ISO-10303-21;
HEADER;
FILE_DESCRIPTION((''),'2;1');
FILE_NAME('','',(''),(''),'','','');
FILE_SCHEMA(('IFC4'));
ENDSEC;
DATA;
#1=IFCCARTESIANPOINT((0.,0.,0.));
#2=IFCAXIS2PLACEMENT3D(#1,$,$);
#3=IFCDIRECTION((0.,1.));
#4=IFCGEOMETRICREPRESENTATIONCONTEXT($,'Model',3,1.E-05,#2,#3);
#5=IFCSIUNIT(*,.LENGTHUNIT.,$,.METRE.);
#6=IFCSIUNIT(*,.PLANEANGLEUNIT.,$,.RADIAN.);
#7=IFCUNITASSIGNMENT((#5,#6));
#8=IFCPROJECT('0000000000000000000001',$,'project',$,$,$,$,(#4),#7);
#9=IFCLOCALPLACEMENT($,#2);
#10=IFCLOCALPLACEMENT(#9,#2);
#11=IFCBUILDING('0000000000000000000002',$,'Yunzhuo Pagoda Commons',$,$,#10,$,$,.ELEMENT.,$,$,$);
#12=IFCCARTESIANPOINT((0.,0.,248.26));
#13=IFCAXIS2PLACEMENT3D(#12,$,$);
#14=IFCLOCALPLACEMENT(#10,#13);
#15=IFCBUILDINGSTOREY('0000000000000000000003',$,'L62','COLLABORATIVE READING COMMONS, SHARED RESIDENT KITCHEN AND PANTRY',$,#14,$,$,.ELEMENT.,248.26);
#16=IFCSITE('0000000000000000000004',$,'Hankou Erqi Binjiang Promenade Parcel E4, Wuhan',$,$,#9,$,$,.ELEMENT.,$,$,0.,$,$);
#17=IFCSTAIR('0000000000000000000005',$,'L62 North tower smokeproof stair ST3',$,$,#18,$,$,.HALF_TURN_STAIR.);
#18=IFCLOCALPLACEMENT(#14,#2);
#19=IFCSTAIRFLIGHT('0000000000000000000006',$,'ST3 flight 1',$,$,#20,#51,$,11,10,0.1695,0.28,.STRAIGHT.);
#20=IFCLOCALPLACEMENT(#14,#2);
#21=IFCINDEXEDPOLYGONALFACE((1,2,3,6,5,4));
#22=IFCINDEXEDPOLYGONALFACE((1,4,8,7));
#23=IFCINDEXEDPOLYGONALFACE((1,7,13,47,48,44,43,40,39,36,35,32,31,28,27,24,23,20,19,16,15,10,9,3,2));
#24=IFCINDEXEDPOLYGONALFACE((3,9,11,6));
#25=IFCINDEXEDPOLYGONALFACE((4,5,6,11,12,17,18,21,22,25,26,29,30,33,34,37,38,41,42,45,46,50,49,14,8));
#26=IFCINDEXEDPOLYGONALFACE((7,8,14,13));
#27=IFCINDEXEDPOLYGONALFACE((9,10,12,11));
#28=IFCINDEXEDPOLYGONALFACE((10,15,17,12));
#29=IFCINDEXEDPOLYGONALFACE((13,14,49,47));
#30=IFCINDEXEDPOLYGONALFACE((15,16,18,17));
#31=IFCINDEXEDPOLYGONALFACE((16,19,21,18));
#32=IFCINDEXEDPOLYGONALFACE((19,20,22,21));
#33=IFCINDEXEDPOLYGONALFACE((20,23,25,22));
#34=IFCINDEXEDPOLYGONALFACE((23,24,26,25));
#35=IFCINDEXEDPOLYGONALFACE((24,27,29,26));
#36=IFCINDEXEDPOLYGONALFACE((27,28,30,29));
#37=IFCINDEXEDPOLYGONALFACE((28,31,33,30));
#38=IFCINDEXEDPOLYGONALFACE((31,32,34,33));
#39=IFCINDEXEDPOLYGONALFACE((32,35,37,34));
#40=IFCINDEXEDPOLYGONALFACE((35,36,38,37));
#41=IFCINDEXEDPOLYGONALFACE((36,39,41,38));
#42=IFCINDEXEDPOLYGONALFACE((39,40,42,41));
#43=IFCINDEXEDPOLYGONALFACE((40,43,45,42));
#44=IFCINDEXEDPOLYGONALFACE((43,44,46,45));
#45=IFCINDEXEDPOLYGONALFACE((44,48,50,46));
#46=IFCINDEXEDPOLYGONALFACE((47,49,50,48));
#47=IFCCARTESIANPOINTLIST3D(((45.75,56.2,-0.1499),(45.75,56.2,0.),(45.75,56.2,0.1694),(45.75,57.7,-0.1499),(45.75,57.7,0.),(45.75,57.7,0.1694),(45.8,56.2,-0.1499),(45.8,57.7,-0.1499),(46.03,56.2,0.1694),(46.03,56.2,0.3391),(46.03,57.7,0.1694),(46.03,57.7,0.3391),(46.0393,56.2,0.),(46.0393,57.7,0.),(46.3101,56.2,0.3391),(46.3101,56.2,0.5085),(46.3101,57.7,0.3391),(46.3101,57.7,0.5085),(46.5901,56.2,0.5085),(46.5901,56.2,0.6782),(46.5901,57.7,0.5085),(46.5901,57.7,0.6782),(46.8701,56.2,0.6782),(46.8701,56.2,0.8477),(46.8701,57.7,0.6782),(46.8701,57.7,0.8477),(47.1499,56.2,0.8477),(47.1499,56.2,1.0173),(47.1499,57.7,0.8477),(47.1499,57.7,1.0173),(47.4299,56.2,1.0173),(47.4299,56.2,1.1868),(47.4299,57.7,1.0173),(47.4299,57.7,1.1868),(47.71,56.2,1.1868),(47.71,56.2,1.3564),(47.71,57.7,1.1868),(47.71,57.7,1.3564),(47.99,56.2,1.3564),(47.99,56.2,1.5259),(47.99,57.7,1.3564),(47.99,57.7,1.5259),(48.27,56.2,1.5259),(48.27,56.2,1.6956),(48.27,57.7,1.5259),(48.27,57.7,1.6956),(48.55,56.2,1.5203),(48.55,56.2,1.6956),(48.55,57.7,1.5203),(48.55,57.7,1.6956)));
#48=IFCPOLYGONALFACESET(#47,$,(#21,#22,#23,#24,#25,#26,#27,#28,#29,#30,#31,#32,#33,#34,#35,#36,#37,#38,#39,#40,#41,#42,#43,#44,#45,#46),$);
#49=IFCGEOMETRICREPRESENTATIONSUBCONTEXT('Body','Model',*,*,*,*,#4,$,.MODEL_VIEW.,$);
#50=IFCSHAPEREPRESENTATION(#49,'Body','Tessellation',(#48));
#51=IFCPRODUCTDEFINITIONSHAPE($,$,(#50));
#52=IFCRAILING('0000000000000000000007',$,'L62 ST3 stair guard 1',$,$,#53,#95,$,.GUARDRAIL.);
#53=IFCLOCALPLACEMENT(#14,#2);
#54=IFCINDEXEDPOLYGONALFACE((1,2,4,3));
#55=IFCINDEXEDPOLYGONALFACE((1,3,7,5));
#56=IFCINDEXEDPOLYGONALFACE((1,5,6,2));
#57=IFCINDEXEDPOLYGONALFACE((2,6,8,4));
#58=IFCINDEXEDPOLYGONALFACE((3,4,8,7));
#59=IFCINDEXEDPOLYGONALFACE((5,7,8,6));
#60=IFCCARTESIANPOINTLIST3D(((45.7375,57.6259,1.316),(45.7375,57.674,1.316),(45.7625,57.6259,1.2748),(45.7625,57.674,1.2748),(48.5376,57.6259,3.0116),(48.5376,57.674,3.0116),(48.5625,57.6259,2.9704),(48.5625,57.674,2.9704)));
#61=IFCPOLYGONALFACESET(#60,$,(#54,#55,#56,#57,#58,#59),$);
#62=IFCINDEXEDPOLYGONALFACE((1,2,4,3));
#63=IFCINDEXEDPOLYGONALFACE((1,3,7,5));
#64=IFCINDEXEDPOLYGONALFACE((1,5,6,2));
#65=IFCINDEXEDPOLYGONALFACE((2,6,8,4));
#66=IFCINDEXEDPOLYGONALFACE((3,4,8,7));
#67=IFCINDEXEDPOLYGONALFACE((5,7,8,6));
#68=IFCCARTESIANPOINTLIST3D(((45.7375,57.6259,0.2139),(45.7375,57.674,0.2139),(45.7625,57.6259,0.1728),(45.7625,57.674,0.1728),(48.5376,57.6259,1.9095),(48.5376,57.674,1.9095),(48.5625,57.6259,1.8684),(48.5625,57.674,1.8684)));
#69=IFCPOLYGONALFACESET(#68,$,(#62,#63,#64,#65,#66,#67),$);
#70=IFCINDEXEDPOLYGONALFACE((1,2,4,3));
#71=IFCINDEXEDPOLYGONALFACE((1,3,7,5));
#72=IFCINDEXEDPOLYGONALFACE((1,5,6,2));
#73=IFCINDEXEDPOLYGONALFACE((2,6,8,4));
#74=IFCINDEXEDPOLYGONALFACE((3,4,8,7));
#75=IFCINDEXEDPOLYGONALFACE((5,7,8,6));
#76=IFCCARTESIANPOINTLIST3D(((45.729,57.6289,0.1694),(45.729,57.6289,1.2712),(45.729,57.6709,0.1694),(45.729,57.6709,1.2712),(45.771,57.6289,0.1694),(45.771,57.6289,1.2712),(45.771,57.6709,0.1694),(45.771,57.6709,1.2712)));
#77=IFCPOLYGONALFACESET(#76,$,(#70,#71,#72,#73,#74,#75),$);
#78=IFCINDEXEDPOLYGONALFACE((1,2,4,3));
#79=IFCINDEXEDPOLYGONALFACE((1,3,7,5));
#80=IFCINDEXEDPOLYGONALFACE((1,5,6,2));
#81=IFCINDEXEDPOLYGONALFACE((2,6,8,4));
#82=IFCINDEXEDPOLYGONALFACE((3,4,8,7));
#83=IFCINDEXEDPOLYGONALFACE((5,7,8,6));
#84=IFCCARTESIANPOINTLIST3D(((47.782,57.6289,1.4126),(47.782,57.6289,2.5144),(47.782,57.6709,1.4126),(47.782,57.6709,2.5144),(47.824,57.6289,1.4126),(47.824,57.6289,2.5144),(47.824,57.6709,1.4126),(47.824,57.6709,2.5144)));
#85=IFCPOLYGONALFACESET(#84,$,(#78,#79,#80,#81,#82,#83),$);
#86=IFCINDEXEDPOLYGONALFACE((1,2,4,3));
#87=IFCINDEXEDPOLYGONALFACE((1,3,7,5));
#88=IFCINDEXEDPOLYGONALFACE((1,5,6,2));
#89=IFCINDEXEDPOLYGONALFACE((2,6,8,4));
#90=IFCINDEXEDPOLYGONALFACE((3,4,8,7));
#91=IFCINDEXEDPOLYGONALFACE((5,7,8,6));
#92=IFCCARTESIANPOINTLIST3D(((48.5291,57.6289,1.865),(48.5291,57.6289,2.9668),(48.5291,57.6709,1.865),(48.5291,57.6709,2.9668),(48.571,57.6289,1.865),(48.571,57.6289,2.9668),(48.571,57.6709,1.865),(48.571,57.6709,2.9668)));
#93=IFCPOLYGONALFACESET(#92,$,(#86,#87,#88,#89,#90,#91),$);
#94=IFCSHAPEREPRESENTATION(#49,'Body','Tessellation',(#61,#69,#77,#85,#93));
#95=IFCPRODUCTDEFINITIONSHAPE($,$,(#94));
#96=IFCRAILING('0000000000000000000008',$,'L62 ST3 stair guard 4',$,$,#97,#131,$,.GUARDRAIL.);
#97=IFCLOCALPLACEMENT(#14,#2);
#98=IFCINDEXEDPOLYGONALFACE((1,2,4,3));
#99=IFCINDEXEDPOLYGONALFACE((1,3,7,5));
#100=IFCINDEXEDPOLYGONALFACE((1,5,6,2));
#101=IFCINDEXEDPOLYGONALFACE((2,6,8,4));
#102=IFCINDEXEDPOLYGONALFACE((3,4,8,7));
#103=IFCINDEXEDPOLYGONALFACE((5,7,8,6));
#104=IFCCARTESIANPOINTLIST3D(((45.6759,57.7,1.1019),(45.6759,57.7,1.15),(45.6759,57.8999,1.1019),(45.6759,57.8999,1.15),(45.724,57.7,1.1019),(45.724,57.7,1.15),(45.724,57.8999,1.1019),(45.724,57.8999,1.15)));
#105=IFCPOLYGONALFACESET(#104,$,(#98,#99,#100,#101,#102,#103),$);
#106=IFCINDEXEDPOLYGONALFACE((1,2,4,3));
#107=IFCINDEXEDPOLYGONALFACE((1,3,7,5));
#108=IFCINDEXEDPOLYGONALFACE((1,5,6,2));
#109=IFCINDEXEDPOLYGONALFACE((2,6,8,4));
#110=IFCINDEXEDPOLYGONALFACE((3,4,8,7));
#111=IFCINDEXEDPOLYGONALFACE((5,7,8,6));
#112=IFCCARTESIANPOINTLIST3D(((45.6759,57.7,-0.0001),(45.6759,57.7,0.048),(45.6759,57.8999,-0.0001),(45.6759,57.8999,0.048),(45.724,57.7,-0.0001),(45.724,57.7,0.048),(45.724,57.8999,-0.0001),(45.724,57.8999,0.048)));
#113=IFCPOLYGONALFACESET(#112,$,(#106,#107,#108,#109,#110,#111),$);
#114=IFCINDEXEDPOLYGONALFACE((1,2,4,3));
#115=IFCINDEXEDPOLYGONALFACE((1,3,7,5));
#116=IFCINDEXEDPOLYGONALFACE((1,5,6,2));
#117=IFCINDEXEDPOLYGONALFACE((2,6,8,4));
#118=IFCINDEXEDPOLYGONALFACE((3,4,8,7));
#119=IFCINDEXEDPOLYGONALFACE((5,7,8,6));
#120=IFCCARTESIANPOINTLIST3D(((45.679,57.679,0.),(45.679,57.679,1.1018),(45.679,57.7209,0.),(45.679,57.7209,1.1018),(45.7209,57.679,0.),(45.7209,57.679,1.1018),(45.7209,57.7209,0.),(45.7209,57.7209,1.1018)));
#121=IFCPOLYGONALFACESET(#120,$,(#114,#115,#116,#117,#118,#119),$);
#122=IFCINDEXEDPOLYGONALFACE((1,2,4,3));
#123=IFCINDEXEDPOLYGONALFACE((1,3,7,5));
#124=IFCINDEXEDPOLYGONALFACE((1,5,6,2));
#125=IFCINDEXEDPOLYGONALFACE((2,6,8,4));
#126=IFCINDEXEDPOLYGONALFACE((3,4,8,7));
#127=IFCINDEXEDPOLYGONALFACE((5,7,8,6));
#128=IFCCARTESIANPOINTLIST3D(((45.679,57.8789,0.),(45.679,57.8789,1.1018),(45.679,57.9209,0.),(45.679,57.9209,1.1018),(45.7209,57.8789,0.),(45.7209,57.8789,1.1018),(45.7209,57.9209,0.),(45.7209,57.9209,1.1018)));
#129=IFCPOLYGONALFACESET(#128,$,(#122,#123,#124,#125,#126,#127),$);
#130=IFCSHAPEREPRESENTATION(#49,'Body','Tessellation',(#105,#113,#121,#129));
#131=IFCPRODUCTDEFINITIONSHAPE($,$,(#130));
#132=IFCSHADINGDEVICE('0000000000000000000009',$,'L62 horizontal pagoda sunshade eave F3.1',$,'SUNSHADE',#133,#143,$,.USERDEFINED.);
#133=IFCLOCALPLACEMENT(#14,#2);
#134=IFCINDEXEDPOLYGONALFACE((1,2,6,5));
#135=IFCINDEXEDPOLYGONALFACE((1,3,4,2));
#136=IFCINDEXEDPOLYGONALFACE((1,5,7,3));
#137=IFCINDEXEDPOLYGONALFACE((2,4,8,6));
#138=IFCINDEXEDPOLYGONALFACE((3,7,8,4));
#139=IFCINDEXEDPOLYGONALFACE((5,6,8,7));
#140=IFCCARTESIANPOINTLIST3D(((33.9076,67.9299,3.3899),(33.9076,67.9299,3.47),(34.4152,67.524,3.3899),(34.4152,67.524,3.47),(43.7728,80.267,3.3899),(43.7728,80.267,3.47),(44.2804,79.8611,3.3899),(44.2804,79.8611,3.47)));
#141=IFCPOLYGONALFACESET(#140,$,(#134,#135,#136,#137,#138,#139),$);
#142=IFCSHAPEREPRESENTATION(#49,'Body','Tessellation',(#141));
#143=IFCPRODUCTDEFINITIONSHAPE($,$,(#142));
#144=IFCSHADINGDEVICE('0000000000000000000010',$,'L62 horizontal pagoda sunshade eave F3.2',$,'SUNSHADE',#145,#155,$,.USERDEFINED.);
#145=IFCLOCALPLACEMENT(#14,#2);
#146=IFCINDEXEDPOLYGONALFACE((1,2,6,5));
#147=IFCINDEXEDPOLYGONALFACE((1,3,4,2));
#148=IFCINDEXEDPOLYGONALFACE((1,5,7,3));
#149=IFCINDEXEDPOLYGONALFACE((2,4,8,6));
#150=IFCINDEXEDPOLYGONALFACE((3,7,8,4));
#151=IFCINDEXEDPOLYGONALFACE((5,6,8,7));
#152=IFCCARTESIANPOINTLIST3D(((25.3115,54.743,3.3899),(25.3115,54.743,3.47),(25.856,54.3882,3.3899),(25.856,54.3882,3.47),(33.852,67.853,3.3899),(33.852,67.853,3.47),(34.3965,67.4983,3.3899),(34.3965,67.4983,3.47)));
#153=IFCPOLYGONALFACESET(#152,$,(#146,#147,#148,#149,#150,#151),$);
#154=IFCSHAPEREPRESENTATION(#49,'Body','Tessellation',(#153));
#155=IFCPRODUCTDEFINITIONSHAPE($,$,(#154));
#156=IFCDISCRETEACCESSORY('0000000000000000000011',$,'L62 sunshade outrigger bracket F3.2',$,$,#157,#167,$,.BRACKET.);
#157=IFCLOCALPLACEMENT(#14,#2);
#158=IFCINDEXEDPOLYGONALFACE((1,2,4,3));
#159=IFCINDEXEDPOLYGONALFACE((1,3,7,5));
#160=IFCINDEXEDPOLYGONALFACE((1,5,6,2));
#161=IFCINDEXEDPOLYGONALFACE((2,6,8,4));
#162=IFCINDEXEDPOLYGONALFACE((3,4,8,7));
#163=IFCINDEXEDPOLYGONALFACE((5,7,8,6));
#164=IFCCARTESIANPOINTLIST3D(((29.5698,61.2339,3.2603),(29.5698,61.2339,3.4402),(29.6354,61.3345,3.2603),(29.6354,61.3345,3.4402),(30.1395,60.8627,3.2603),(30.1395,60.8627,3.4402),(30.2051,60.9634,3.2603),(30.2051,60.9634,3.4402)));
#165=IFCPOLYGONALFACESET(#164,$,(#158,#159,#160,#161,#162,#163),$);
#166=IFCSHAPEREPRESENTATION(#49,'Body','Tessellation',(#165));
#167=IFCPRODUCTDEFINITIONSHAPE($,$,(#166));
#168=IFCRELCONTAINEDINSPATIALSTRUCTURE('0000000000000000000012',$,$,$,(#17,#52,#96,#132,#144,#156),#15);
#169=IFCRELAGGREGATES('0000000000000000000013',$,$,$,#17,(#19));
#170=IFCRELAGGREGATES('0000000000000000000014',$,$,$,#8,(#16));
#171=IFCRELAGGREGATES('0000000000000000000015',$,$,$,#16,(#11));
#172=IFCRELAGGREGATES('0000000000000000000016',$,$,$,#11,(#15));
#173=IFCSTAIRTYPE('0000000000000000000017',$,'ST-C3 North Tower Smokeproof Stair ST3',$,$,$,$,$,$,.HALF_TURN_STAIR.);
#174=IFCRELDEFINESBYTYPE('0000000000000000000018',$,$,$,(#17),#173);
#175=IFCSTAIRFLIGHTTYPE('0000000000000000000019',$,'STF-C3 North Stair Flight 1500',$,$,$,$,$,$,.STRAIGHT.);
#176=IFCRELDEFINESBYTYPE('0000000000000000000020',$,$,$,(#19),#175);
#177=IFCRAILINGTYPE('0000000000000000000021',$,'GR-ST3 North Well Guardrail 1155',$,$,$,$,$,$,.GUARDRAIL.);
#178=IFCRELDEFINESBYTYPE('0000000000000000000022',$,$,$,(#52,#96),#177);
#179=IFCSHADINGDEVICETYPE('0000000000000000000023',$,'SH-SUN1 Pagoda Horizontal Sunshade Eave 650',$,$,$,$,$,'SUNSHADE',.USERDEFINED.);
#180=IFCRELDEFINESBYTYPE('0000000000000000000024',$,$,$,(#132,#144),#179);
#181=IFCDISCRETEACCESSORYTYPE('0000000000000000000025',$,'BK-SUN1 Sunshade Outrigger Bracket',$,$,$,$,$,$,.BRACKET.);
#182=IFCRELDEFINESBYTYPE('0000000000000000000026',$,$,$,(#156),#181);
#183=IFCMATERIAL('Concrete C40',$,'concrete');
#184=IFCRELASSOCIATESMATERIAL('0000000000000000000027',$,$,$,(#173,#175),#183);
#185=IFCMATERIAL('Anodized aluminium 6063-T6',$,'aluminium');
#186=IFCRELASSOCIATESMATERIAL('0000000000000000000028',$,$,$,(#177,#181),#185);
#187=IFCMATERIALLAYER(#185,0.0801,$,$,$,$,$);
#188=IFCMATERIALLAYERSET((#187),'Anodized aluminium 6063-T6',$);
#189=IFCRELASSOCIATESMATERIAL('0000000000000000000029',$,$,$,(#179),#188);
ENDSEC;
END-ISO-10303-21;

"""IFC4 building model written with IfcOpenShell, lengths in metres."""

from ifc_helpers import new_model, si_unit, direction, frame, origin, origin_2d, place, context, subcontext, project, spatial, polyline, rectangle, outline, extrude, source, transform, mapped, material, layer, layer_set, type_object, element, aggregate, save


model = new_model("IFC4")

# Units and contexts
model_context = context("Model", 3, precision=1e-05, world=origin(), true_north=direction((0.0, 1.0)))
body_context = subcontext(model_context, "Body", "Model", "MODEL_VIEW")
ifc_project = project(units=[si_unit("LENGTHUNIT", "METRE"), si_unit("PLANEANGLEUNIT", "RADIAN")], contexts=[model_context])

# Site, building, storey
site_placement = place(None, origin())
site = spatial("IfcSite", under=ifc_project, at=site_placement, Name="Hankou Erqi Binjiang Promenade Parcel E4, Wuhan", CompositionType="ELEMENT", RefElevation=0.0)
building_placement = place(site_placement, origin())
building = spatial("IfcBuilding", under=site, at=building_placement, Name="Yunzhuo Pagoda Commons", CompositionType="ELEMENT")
storey_placement = place(building_placement, frame((0.0, 0.0, 248.26)))
storey = spatial("IfcBuildingStorey", under=building, at=storey_placement, Name="L62", Description="COLLABORATIVE READING COMMONS, SHARED RESIDENT KITCHEN AND PANTRY", CompositionType="ELEMENT", Elevation=248.26)

# Shared definitions
ifc_material_1 = material(Name="Anodized aluminium 6063-T6", Category="aluminium")

# Stair, stair flight
ifc_material_2 = material(Name="Concrete C40", Category="concrete")
stair_type = type_object("IfcStairType", Name="ST-C3 North Tower Smokeproof Stair ST3", PredefinedType="HALF_TURN_STAIR", material=ifc_material_2)
stair_placement = place(storey_placement, origin())
stair = element("IfcStair", 1, at=stair_placement, inside=storey, type_object=stair_type, Name="L62 North tower smokeproof stair ST3", PredefinedType="HALF_TURN_STAIR")
stair_flight_type = type_object("IfcStairFlightType", Name="STF-C3 North Stair Flight 1500", PredefinedType="STRAIGHT", material=ifc_material_2)
shared_shape_1 = source(origin(), body_context, "Body", "SweptSolid", [
    extrude(outline(polyline([(0.0, -0.1499), (0.0, 0.0), (0.0, 0.1694), (0.28, 0.1694), (0.28, 0.3391), (0.5601, 0.3391), (0.5601, 0.5085), (0.8401, 0.5085), (0.8401, 0.6782), (1.1201, 0.6782), (1.1201, 0.8477), (1.3999, 0.8477), (1.3999, 1.0173), (1.6799, 1.0173), (1.6799, 1.1868), (1.96, 1.1868), (1.96, 1.3564), (2.24, 1.3564), (2.24, 1.5259), (2.52, 1.5259), (2.52, 1.6956), (2.8, 1.6956), (2.8, 1.865), (2.8, 1.5203), (0.2893, 0.0), (0.05, -0.1499), (0.0, -0.1499)])), frame((0.0, 0.75, 0.0), z_axis=(0.0, -1.0, 0.0), x_axis=(1.0, 0.0, 0.0)), (0.0, 0.0, 1.0), 1.5),
])
stair_flight_placement = place(storey_placement, frame((45.75, 56.95, 0.0), z_axis=(0.0, 0.0, 1.0), x_axis=(1.0, 0.0, 0.0)))
stair_flight = element("IfcStairFlight", 2, at=stair_flight_placement, type_object=stair_flight_type, Name="ST3 flight 1", NumberOfRisers=11, NumberOfTreads=10, PredefinedType="STRAIGHT", RiserHeight=0.1695, TreadLength=0.28, context=body_context, shape_type="MappedRepresentation", body=[
    mapped(shared_shape_1, transform((0.0, 0.0, 0.0), scale=1.0)),
])
aggregate(stair, [stair_flight])

# Railings
railing_type = type_object("IfcRailingType", Name="GR-ST3 North Well Guardrail 1155", PredefinedType="GUARDRAIL", material=ifc_material_1)
railing_1_placement = place(storey_placement, frame((45.75, 57.6499, 0.1694)))
element("IfcRailing", 3, at=railing_1_placement, inside=storey, type_object=railing_type, Name="L62 ST3 stair guard 1", PredefinedType="GUARDRAIL", context=body_context, shape_type="SweptSolid", body=[
    extrude(rectangle(XDim=0.0481, YDim=0.0481, at=origin_2d()), frame((0.0, 0.0, 1.126), z_axis=(0.855393, 0.0, 0.517979), x_axis=(0.0, 1.0, 0.0)), (0.0, 0.0, 1.0), 3.2734),
    extrude(rectangle(XDim=0.0481, YDim=0.0481, at=origin_2d()), frame((0.0, 0.0, 0.0239), z_axis=(0.855393, 0.0, 0.517979), x_axis=(0.0, 1.0, 0.0)), (0.0, 0.0, 1.0), 3.2734),
    extrude(rectangle(XDim=0.042, YDim=0.042, at=origin_2d()), origin(), (0.0, 0.0, 1.0), 1.1018),
    extrude(rectangle(XDim=0.042, YDim=0.042, at=origin_2d()), frame((2.053, 0.0, 1.2432)), (0.0, 0.0, 1.0), 1.1018),
    extrude(rectangle(XDim=0.042, YDim=0.042, at=origin_2d()), frame((2.8, 0.0, 1.6956)), (0.0, 0.0, 1.0), 1.1018),
])
railing_2_placement = place(storey_placement, frame((45.7, 57.7, 0.0)))
element("IfcRailing", 4, at=railing_2_placement, inside=storey, type_object=railing_type, Name="L62 ST3 stair guard 4", PredefinedType="GUARDRAIL", context=body_context, shape_type="SweptSolid", body=[
    extrude(rectangle(XDim=0.0481, YDim=0.0481, at=origin_2d()), frame((0.0, 0.0, 1.126), z_axis=(0.0, 1.0, 0.0), x_axis=(-1.0, 0.0, 0.0)), (0.0, 0.0, 1.0), 0.2),
    extrude(rectangle(XDim=0.0481, YDim=0.0481, at=origin_2d()), frame((0.0, 0.0, 0.0239), z_axis=(0.0, 1.0, 0.0), x_axis=(-1.0, 0.0, 0.0)), (0.0, 0.0, 1.0), 0.2),
    extrude(rectangle(XDim=0.042, YDim=0.042, at=origin_2d()), origin(), (0.0, 0.0, 1.0), 1.1018),
    extrude(rectangle(XDim=0.042, YDim=0.042, at=origin_2d()), frame((0.0, 0.2, 0.0)), (0.0, 0.0, 1.0), 1.1018),
])

# Shading devices
ifc_layer_1 = layer(ifc_material_1, 0.0801)
ifc_layer_set_1 = layer_set([ifc_layer_1], Name="Anodized aluminium 6063-T6")
shading_device_type = type_object("IfcShadingDeviceType", Name="SH-SUN1 Pagoda Horizontal Sunshade Eave 650", ElementType="SUNSHADE", PredefinedType="USERDEFINED", material=ifc_layer_set_1)
shared_shape_2 = source(origin(), body_context, "Body", "SweptSolid", [
    extrude(rectangle(XDim=15.7964, YDim=0.6499, at=origin_2d()), origin(), (0.0, 0.0, 1.0), 0.0801),
])
shading_device_1_placement = place(storey_placement, frame((39.094, 73.8955, 3.3899), z_axis=(0.0, 0.0, 1.0), x_axis=(-0.62452, -0.781008, 0.0)))
element("IfcShadingDevice", 5, at=shading_device_1_placement, inside=storey, type_object=shading_device_type, Name="L62 horizontal pagoda sunshade eave F3.1", ObjectType="SUNSHADE", PredefinedType="USERDEFINED", context=body_context, shape_type="MappedRepresentation", body=[
    mapped(shared_shape_2, transform((0.0, 0.0, 0.0), scale=1.0)),
])
shared_shape_3 = source(origin(), body_context, "Body", "SweptSolid", [
    extrude(rectangle(XDim=15.6465, YDim=0.6499, at=origin_2d()), origin(), (0.0, 0.0, 1.0), 0.0801),
])
shading_device_2_placement = place(storey_placement, frame((29.854, 61.1206, 3.3899), z_axis=(0.0, 0.0, 1.0), x_axis=(-0.545839, -0.83789, 0.0)))
element("IfcShadingDevice", 6, at=shading_device_2_placement, inside=storey, type_object=shading_device_type, Name="L62 horizontal pagoda sunshade eave F3.2", ObjectType="SUNSHADE", PredefinedType="USERDEFINED", context=body_context, shape_type="MappedRepresentation", body=[
    mapped(shared_shape_3, transform((0.0, 0.0, 0.0), scale=1.0)),
])

# Discrete accessory
discrete_accessory_type = type_object("IfcDiscreteAccessoryType", Name="BK-SUN1 Sunshade Outrigger Bracket", PredefinedType="BRACKET", material=ifc_material_1)
shared_shape_4 = source(origin(), body_context, "Body", "SweptSolid", [
    extrude(rectangle(XDim=0.1201, YDim=0.6799, at=origin_2d()), origin(), (0.0, 0.0, 1.0), 0.1799),
])
discrete_accessory_placement = place(storey_placement, frame((29.8875, 61.0986, 3.2603), z_axis=(0.0, 0.0, 1.0), x_axis=(-0.545839, -0.83789, 0.0)))
element("IfcDiscreteAccessory", 7, at=discrete_accessory_placement, inside=storey, type_object=discrete_accessory_type, Name="L62 sunshade outrigger bracket F3.2", PredefinedType="BRACKET", context=body_context, shape_type="MappedRepresentation", body=[
    mapped(shared_shape_4, transform((0.0, 0.0, 0.0), scale=1.0)),
])

save(model, "model.ifc")
